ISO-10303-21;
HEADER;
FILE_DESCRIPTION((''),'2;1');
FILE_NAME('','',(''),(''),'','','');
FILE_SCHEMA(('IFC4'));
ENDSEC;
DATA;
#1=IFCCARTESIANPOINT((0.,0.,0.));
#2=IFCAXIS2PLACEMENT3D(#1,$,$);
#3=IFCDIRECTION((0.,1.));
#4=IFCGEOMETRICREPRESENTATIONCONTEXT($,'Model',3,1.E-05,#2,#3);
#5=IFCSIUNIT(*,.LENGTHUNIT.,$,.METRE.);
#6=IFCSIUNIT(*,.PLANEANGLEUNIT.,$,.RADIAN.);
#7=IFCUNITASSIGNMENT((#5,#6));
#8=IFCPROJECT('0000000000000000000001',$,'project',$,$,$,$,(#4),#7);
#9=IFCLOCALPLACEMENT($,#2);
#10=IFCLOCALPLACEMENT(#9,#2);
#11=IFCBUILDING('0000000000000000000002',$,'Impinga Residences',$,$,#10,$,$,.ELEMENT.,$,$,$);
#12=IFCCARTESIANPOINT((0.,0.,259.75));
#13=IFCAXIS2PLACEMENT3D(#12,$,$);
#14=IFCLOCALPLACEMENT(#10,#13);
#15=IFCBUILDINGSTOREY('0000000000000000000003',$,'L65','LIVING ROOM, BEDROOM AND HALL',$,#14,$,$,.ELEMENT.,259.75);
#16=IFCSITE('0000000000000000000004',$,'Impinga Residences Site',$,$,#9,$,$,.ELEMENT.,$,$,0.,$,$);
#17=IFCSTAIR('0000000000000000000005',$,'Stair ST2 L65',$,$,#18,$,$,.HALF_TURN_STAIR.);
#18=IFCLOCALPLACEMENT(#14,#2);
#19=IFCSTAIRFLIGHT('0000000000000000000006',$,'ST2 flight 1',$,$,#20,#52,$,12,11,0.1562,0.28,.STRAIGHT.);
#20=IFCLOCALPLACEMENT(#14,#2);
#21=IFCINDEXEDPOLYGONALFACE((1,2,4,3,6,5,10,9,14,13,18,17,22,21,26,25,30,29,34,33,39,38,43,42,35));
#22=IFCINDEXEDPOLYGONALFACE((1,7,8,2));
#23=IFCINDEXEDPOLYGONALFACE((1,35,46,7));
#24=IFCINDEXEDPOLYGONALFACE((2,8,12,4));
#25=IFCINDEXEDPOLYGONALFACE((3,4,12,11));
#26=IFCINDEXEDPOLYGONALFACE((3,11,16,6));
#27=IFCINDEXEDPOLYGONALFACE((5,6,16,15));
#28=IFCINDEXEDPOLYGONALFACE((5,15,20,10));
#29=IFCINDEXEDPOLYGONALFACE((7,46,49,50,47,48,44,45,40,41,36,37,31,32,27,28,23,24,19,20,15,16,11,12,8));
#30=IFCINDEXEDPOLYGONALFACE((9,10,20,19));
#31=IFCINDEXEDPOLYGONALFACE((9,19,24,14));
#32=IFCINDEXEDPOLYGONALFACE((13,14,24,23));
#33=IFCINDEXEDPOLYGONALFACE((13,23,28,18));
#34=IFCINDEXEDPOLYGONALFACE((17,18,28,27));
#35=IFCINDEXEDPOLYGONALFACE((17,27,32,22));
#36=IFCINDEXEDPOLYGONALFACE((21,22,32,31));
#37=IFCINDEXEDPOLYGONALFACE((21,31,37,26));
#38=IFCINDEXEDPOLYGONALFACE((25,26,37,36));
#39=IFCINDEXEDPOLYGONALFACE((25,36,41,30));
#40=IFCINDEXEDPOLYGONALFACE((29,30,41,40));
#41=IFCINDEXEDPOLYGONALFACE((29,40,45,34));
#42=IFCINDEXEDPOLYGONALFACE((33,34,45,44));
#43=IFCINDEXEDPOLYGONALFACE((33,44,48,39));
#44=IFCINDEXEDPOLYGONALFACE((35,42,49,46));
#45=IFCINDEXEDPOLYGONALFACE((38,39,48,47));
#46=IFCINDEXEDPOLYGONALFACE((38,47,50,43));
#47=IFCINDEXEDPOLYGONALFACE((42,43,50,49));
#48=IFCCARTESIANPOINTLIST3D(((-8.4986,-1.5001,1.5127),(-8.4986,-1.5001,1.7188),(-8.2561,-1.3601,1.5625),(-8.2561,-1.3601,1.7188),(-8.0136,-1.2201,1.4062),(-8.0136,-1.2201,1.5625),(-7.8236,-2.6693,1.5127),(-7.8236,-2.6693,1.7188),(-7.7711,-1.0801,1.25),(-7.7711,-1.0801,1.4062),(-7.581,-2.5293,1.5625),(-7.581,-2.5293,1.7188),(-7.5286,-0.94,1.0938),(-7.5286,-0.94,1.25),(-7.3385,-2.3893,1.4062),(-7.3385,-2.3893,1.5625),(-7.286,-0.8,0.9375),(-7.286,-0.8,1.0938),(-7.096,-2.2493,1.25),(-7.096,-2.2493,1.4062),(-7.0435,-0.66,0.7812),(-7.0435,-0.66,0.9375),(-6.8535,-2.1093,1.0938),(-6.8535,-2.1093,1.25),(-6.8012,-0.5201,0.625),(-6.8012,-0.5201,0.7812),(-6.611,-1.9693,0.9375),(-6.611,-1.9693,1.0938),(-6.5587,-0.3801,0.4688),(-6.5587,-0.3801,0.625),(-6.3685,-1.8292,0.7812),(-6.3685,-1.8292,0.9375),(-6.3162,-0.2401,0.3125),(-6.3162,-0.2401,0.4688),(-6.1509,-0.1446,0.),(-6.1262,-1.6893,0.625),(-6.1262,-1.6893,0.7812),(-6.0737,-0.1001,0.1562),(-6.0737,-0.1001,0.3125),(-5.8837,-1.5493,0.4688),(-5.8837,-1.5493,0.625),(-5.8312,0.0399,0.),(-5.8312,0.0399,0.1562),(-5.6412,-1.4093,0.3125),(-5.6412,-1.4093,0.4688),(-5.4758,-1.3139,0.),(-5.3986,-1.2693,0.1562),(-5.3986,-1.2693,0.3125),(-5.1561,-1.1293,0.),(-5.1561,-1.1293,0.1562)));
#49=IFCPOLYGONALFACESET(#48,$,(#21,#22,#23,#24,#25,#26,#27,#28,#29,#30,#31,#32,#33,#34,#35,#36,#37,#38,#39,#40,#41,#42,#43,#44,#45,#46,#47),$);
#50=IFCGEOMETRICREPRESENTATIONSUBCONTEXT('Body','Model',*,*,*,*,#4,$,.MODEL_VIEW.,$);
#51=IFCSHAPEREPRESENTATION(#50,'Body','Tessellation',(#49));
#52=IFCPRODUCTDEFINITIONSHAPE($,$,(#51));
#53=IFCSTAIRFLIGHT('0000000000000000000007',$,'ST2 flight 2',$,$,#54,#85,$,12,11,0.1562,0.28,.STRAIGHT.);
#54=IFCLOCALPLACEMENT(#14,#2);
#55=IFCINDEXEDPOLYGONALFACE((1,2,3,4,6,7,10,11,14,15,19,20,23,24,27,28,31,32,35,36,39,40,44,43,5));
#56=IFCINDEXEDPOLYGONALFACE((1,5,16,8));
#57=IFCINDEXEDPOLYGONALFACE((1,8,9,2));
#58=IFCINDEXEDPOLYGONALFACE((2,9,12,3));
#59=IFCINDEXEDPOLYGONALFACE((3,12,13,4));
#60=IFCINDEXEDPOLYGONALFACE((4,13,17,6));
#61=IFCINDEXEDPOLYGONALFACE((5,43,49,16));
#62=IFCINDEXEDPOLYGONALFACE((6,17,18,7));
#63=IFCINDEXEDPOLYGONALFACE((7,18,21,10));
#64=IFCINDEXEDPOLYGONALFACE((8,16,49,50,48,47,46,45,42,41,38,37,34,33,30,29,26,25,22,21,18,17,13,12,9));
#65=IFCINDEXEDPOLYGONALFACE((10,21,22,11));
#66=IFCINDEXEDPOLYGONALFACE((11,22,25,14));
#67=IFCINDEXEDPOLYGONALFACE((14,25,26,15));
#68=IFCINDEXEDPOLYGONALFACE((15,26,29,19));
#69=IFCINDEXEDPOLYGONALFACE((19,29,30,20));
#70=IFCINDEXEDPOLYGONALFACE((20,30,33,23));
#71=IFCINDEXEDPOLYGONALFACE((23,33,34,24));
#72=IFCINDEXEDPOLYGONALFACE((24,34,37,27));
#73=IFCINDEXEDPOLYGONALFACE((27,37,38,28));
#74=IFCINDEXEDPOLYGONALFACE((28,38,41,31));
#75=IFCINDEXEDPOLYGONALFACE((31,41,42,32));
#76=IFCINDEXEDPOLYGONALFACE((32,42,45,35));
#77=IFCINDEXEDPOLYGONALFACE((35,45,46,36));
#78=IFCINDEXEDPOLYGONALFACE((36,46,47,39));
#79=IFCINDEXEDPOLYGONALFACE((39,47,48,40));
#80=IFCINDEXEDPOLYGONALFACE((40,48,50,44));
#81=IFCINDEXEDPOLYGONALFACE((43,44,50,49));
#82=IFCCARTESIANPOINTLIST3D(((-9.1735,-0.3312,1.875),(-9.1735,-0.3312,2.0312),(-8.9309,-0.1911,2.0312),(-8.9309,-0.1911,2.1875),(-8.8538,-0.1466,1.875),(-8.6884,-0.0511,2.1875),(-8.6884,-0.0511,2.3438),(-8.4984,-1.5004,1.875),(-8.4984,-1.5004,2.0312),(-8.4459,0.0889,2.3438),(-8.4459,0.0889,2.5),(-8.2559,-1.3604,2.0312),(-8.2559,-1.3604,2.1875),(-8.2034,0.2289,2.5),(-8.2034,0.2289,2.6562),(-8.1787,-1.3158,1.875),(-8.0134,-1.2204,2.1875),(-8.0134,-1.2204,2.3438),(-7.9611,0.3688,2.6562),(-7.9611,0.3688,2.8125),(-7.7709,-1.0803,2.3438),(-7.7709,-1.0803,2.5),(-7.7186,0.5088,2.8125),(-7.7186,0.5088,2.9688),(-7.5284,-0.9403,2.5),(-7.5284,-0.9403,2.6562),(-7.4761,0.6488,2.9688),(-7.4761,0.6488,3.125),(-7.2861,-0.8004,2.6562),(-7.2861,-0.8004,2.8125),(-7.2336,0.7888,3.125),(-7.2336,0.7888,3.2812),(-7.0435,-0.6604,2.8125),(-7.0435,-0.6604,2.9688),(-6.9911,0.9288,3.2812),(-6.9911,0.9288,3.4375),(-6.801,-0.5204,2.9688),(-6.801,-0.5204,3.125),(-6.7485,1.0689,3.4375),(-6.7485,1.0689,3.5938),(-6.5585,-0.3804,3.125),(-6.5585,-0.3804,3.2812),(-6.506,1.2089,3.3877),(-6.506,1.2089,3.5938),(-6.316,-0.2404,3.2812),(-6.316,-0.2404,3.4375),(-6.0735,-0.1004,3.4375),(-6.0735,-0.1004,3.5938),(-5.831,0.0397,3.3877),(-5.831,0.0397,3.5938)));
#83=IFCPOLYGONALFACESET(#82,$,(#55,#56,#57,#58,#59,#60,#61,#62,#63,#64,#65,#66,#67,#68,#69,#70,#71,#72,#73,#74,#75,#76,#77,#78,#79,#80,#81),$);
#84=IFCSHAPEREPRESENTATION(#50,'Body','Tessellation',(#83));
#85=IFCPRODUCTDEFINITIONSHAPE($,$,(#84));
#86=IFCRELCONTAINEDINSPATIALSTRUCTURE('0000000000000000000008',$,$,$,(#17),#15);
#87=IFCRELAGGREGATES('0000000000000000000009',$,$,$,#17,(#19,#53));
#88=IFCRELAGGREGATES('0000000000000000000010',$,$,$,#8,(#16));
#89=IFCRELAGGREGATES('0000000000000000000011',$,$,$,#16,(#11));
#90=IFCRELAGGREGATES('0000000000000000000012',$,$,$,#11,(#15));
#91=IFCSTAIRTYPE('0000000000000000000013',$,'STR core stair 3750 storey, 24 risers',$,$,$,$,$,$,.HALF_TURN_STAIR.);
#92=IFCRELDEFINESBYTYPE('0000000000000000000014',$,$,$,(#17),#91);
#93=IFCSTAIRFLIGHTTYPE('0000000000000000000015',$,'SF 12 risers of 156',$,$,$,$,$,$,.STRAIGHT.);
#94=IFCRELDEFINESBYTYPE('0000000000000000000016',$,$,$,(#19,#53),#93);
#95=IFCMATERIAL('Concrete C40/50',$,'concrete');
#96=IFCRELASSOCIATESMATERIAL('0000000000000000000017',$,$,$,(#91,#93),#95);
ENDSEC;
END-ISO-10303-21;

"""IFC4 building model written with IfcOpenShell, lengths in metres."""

from ifc_helpers import new_model, si_unit, direction, frame, origin, place, context, subcontext, project, spatial, polyline, outline, extrude, material, type_object, element, aggregate, save


model = new_model("IFC4")

# Units and contexts
model_context = context("Model", 3, precision=1e-05, world=origin(), true_north=direction((0.0, 1.0)))
body_context = subcontext(model_context, "Body", "Model", "MODEL_VIEW")
ifc_project = project(units=[si_unit("LENGTHUNIT", "METRE"), si_unit("PLANEANGLEUNIT", "RADIAN")], contexts=[model_context])

# Site, building, storey
site_placement = place(None, origin())
site = spatial("IfcSite", under=ifc_project, at=site_placement, Name="Impinga Residences Site", CompositionType="ELEMENT", RefElevation=0.0)
building_placement = place(site_placement, origin())
building = spatial("IfcBuilding", under=site, at=building_placement, Name="Impinga Residences", CompositionType="ELEMENT")
storey_placement = place(building_placement, frame((0.0, 0.0, 259.75)))
storey = spatial("IfcBuildingStorey", under=building, at=storey_placement, Name="L65", Description="LIVING ROOM, BEDROOM AND HALL", CompositionType="ELEMENT", Elevation=259.75)

# Stair, stair flights
ifc_material_1 = material(Name="Concrete C40/50", Category="concrete")
stair_type = type_object("IfcStairType", Name="STR core stair 3750 storey, 24 risers", PredefinedType="HALF_TURN_STAIR", material=ifc_material_1)
stair_placement = place(storey_placement, origin())
stair = element("IfcStair", 1, at=stair_placement, inside=storey, type_object=stair_type, Name="Stair ST2 L65", PredefinedType="HALF_TURN_STAIR")
stair_flight_type = type_object("IfcStairFlightType", Name="SF 12 risers of 156", PredefinedType="STRAIGHT", material=ifc_material_1)
stair_flight_1_placement = place(storey_placement, frame((-5.4937, -0.5447, 0.0), z_axis=(0.0, 0.0, 1.0), x_axis=(-0.866025, -0.5, 0.0)))
stair_flight_1 = element("IfcStairFlight", 2, at=stair_flight_1_placement, type_object=stair_flight_type, Name="ST2 flight 1", NumberOfRisers=12, NumberOfTreads=11, PredefinedType="STRAIGHT", RiserHeight=0.1562, TreadLength=0.28, context=body_context, shape_type="SweptSolid", body=[
    extrude(outline(polyline([(0.0, 0.0), (0.0, 0.1562), (0.28, 0.1562), (0.28, 0.3125), (0.5601, 0.3125), (0.5601, 0.4688), (0.8401, 0.4688), (0.8401, 0.625), (1.1201, 0.625), (1.1201, 0.7812), (1.3999, 0.7812), (1.3999, 0.9375), (1.6799, 0.9375), (1.6799, 1.0938), (1.96, 1.0938), (1.96, 1.25), (2.24, 1.25), (2.24, 1.4062), (2.52, 1.4062), (2.52, 1.5625), (2.8, 1.5625), (2.8, 1.7188), (3.0801, 1.7188), (3.0801, 1.875), (3.0801, 1.5127), (0.3691, 0.0), (0.0, 0.0)])), frame((0.0, 0.675, 0.0), z_axis=(0.0, -1.0, 0.0), x_axis=(1.0, 0.0, 0.0)), (0.0, 0.0, 1.0), 1.3501),
])
stair_flight_2_placement = place(storey_placement, frame((-8.8359, -0.9158, 1.875), z_axis=(0.0, 0.0, 1.0), x_axis=(0.866025, 0.5, 0.0)))
stair_flight_2 = element("IfcStairFlight", 3, at=stair_flight_2_placement, type_object=stair_flight_type, Name="ST2 flight 2", NumberOfRisers=12, NumberOfTreads=11, PredefinedType="STRAIGHT", RiserHeight=0.1562, TreadLength=0.28, context=body_context, shape_type="SweptSolid", body=[
    extrude(outline(polyline([(0.0, 0.0), (0.0, 0.1562), (0.28, 0.1562), (0.28, 0.3125), (0.5601, 0.3125), (0.5601, 0.4688), (0.8401, 0.4688), (0.8401, 0.625), (1.1201, 0.625), (1.1201, 0.7812), (1.3999, 0.7812), (1.3999, 0.9375), (1.6799, 0.9375), (1.6799, 1.0938), (1.96, 1.0938), (1.96, 1.25), (2.24, 1.25), (2.24, 1.4062), (2.52, 1.4062), (2.52, 1.5625), (2.8, 1.5625), (2.8, 1.7188), (3.0801, 1.7188), (3.0801, 1.875), (3.0801, 1.5127), (0.3691, 0.0), (0.0, 0.0)])), frame((0.0, 0.675, 0.0), z_axis=(0.0, -1.0, 0.0), x_axis=(1.0, 0.0, 0.0)), (0.0, 0.0, 1.0), 1.3501),
])
aggregate(stair, [stair_flight_1, stair_flight_2])

save(model, "model.ifc")
